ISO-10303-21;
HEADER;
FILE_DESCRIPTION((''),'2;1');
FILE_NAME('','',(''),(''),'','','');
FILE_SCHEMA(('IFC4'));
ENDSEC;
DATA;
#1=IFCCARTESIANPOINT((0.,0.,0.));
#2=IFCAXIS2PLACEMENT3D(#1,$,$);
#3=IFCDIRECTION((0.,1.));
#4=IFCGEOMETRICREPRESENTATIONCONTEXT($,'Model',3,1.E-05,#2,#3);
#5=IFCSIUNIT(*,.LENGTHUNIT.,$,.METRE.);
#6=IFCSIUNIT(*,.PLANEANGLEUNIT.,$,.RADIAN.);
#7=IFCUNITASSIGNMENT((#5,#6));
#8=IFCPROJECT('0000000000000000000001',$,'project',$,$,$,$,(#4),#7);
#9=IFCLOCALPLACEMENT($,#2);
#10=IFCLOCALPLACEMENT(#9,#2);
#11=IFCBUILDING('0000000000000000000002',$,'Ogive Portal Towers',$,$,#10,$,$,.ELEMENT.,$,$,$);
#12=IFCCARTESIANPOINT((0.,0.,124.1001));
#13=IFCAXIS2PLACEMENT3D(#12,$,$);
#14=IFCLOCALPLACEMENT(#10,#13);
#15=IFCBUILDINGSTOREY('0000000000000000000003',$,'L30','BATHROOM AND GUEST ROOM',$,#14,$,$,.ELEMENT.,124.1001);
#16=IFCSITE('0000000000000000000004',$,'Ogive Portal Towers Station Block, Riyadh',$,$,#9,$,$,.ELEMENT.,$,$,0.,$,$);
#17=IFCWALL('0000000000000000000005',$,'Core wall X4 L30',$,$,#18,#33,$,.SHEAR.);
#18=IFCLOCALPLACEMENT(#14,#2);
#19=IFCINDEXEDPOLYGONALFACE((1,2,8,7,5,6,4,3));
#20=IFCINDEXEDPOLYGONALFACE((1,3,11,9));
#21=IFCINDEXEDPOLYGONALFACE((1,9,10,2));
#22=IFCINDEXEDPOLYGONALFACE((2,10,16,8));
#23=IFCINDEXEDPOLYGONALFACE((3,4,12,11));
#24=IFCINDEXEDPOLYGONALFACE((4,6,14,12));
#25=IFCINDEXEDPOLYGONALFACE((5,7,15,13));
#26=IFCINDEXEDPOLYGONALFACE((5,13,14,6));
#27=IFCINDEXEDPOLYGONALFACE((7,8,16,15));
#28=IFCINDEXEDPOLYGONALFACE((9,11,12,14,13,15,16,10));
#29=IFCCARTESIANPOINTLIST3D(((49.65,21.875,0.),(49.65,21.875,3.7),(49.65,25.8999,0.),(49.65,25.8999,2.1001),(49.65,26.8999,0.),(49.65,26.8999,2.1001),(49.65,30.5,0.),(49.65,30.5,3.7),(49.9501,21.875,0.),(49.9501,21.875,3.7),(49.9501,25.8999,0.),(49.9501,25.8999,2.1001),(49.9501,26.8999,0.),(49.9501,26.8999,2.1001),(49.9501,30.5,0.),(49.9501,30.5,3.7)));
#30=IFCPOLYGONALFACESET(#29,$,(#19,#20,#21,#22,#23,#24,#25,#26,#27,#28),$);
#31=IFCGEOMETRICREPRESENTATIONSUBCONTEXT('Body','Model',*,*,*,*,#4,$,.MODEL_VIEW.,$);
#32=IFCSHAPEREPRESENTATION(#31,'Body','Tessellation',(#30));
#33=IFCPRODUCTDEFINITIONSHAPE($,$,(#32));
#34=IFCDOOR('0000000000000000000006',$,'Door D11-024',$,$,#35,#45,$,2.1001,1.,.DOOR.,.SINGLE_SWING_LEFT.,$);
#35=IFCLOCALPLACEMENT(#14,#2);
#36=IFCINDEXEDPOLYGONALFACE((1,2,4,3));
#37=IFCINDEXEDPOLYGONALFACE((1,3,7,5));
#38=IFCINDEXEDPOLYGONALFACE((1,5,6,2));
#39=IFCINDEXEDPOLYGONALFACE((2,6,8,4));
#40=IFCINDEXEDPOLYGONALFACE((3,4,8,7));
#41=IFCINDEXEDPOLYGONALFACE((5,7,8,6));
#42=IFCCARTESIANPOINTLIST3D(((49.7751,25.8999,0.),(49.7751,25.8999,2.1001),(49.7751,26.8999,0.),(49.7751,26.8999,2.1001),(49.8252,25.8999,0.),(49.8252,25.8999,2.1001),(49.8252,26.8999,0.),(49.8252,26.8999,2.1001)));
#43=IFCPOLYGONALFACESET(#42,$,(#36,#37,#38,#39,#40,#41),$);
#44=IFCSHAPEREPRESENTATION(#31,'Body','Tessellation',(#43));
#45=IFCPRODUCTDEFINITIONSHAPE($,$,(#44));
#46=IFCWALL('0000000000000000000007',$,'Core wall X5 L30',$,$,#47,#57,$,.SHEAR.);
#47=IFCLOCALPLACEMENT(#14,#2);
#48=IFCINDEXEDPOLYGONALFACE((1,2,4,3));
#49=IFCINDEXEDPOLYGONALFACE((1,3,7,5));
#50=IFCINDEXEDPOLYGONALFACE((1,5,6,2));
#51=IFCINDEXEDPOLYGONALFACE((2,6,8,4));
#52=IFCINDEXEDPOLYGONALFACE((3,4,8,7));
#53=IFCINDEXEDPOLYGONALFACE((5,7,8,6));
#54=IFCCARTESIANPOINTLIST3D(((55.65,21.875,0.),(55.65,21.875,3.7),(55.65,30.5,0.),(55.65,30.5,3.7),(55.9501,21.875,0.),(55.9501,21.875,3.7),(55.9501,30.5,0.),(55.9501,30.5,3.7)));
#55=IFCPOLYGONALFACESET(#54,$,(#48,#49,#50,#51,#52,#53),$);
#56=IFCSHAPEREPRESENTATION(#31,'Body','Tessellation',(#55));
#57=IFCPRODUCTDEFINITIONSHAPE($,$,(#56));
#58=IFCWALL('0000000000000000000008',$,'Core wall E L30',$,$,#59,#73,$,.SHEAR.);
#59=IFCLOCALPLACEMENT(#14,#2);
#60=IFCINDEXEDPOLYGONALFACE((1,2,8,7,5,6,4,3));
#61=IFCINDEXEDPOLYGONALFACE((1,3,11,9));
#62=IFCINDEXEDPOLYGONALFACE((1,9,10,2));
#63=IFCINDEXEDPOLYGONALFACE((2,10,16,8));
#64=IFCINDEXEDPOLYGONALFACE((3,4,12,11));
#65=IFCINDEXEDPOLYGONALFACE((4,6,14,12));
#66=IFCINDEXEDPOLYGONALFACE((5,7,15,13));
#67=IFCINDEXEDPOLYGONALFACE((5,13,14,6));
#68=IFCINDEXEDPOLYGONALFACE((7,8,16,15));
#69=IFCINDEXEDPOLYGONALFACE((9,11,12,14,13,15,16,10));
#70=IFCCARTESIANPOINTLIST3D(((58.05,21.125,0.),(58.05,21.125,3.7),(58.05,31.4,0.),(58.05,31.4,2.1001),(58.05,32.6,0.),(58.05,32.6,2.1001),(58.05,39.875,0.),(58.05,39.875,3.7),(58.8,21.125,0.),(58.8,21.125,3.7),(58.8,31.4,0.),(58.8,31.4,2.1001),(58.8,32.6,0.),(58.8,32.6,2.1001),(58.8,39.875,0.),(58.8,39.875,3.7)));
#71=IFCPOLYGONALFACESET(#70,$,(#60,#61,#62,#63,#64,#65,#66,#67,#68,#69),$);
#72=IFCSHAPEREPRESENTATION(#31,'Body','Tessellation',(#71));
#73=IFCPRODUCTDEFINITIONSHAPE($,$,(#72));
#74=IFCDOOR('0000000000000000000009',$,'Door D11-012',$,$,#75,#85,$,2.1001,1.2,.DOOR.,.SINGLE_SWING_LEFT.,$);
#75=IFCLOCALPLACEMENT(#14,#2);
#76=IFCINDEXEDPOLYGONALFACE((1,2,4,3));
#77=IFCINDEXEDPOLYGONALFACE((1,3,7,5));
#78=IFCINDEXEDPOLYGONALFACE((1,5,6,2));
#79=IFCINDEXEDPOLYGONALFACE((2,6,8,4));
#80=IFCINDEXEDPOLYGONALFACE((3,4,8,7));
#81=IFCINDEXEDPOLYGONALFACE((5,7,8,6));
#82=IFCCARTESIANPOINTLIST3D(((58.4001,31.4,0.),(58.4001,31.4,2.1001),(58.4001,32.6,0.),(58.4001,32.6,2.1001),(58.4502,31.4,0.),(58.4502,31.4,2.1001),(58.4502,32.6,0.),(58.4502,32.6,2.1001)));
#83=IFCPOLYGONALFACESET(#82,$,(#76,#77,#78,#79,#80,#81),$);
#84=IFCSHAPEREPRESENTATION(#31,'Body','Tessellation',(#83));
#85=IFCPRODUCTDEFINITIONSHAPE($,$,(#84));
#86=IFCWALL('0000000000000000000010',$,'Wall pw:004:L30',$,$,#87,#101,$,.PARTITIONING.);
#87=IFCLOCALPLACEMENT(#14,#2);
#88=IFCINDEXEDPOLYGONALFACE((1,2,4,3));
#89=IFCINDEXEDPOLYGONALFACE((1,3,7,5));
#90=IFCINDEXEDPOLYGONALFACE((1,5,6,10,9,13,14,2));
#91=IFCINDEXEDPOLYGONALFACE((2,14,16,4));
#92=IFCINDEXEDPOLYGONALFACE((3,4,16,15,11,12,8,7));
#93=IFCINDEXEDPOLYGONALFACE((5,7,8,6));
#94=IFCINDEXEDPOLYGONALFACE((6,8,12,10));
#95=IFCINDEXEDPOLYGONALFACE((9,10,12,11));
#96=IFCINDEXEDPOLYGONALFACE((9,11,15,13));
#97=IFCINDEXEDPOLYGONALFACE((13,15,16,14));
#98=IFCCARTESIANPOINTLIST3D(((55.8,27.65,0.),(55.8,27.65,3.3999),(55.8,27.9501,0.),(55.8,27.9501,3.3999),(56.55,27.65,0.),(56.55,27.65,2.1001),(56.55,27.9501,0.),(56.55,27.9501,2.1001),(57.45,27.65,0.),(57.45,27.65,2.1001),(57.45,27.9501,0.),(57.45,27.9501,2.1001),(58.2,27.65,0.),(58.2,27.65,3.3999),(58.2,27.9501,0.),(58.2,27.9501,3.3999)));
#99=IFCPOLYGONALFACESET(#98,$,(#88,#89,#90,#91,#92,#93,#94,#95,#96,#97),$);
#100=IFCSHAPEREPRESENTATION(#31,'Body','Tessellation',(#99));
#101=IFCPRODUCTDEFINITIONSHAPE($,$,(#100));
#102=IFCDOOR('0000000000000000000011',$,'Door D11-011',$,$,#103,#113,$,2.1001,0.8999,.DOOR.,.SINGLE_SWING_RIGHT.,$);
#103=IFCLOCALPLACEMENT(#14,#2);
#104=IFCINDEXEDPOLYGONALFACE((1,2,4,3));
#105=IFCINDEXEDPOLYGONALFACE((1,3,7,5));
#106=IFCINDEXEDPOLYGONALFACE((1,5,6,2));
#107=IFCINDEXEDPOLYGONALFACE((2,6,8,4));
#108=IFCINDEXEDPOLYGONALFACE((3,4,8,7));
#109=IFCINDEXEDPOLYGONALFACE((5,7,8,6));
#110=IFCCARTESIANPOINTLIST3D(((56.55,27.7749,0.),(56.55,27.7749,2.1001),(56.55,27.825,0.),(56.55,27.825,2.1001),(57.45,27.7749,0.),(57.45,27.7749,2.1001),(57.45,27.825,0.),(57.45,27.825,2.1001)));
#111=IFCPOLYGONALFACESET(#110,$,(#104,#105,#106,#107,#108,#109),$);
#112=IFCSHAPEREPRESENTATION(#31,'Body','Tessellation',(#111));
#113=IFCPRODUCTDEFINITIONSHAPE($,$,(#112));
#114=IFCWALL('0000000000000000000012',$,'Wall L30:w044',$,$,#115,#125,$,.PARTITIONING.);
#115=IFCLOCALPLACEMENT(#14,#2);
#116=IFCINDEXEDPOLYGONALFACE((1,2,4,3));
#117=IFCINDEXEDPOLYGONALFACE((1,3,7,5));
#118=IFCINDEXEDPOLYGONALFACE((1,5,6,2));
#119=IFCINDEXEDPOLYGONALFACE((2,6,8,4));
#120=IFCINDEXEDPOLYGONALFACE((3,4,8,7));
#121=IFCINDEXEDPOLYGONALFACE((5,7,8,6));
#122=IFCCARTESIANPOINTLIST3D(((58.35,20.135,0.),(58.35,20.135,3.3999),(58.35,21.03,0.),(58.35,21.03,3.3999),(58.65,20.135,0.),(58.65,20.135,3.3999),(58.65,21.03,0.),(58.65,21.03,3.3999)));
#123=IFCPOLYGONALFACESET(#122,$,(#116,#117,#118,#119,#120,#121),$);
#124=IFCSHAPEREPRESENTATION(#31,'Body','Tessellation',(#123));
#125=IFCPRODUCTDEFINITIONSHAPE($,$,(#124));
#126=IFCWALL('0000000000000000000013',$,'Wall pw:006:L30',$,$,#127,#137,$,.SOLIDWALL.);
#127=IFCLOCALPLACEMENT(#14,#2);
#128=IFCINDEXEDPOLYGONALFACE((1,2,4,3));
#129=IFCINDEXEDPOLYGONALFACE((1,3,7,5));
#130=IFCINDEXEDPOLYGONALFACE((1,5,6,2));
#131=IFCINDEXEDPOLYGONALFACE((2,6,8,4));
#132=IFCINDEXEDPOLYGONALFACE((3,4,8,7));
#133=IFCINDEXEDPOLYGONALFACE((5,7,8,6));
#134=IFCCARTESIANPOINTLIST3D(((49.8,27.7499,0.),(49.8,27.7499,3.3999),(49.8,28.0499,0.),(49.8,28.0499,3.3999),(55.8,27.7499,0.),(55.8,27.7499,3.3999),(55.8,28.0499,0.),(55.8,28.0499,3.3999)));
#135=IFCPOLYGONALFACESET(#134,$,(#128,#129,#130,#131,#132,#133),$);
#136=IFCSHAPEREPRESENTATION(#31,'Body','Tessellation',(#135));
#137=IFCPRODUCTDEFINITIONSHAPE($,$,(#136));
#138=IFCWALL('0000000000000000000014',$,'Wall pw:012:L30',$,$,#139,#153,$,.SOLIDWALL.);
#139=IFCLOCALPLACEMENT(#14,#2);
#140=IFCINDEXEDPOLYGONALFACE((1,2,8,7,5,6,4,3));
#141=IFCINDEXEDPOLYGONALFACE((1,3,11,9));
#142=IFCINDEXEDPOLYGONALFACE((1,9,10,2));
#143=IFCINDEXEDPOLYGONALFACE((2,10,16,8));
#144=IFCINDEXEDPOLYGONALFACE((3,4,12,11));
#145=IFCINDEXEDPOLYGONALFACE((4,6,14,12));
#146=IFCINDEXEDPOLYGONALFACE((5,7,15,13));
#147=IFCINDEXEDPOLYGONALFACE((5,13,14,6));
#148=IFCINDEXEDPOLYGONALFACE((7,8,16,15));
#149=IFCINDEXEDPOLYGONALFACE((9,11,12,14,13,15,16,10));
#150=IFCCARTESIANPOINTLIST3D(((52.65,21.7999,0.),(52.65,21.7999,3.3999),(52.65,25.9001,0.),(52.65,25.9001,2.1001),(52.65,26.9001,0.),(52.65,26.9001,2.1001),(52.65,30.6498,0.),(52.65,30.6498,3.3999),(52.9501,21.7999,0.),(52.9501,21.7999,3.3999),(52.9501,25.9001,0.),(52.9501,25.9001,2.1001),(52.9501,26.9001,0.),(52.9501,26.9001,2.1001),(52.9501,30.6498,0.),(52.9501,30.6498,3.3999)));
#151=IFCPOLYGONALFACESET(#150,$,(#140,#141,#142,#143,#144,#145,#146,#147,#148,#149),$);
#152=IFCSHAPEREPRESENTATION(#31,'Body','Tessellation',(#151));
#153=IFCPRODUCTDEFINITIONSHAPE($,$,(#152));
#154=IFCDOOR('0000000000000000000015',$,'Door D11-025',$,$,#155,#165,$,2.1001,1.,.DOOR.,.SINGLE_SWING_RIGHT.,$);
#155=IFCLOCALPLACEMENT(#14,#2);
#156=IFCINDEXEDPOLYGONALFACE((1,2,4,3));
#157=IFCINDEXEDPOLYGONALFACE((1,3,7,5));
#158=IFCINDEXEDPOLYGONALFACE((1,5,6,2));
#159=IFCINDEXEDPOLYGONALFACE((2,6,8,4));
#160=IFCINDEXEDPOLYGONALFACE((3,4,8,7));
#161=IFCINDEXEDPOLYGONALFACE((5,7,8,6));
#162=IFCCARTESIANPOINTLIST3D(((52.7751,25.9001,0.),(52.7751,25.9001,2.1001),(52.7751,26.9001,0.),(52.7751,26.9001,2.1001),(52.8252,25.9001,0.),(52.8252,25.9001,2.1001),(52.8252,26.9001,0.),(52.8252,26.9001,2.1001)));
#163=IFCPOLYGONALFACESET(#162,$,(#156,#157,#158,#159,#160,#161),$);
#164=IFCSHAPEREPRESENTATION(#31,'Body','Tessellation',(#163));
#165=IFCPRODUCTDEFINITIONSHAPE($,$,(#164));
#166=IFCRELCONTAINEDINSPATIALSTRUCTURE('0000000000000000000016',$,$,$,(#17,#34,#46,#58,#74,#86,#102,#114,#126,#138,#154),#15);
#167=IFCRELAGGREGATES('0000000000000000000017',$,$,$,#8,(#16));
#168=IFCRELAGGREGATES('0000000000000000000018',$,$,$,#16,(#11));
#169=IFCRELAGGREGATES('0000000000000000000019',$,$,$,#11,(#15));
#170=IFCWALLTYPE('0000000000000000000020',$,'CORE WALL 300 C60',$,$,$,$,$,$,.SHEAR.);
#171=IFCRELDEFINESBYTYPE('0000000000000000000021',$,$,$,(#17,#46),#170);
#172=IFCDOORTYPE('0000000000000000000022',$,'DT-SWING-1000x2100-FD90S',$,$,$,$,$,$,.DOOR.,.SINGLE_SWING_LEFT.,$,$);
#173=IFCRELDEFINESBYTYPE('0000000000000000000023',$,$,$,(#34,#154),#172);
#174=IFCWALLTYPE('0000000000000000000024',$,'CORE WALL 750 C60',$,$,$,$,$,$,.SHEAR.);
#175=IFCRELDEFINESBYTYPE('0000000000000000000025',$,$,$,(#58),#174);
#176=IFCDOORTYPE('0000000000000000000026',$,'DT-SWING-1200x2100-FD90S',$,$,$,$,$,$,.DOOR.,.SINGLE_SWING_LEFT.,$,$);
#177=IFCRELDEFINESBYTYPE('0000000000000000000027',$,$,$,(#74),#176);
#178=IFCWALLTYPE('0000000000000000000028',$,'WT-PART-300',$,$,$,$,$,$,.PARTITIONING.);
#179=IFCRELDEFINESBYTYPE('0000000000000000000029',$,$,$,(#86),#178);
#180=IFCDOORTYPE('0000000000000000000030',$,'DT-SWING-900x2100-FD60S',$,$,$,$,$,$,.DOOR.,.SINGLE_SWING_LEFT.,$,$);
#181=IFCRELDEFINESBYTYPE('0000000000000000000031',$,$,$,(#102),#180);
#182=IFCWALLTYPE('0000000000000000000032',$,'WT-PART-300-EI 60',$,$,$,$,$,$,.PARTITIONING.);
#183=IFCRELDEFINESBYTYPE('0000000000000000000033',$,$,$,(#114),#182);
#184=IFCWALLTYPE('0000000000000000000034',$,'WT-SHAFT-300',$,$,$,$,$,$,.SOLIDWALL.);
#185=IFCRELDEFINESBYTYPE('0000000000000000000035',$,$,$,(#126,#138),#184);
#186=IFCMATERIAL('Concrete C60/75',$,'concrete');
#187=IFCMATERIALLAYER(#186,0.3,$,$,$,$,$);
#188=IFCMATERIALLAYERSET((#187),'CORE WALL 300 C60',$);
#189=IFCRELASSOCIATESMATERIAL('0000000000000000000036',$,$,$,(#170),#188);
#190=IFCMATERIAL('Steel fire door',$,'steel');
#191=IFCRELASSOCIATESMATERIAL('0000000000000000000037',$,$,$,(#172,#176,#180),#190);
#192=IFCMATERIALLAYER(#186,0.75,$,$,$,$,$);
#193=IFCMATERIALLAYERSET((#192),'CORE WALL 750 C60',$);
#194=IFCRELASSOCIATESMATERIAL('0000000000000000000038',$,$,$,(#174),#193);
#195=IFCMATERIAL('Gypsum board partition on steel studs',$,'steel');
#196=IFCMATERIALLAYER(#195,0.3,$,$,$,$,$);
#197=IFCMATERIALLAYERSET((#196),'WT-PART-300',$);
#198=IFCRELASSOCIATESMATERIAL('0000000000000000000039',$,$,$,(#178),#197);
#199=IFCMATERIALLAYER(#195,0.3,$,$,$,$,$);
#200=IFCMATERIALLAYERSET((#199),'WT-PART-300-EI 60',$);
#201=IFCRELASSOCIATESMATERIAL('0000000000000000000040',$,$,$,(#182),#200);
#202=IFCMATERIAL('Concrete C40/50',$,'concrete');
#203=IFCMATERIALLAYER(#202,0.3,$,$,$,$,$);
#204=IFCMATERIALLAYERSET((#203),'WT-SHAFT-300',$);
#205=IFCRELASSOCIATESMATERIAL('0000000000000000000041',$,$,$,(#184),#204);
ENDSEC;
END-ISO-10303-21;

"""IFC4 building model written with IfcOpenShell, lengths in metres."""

from ifc_helpers import new_model, si_unit, direction, frame, frame_2d, origin, place, context, subcontext, project, spatial, rectangle, extrude, material, layer, layer_set, type_object, element, fill, save


model = new_model("IFC4")

# Units and contexts
model_context = context("Model", 3, precision=1e-05, world=origin(), true_north=direction((0.0, 1.0)))
body_context = subcontext(model_context, "Body", "Model", "MODEL_VIEW")
ifc_project = project(units=[si_unit("LENGTHUNIT", "METRE"), si_unit("PLANEANGLEUNIT", "RADIAN")], contexts=[model_context])

# Site, building, storey
site_placement = place(None, origin())
site = spatial("IfcSite", under=ifc_project, at=site_placement, Name="Ogive Portal Towers Station Block, Riyadh", CompositionType="ELEMENT", RefElevation=0.0)
building_placement = place(site_placement, origin())
building = spatial("IfcBuilding", under=site, at=building_placement, Name="Ogive Portal Towers", CompositionType="ELEMENT")
storey_placement = place(building_placement, frame((0.0, 0.0, 124.1001)))
storey = spatial("IfcBuildingStorey", under=building, at=storey_placement, Name="L30", Description="BATHROOM AND GUEST ROOM", CompositionType="ELEMENT", Elevation=124.1001)

# Wall, opening, door
ifc_material_1 = material(Name="Concrete C60/75", Category="concrete")
ifc_layer_1 = layer(ifc_material_1, 0.3)
ifc_layer_set_1 = layer_set([ifc_layer_1], Name="CORE WALL 300 C60")
wall_type_1 = type_object("IfcWallType", Name="CORE WALL 300 C60", PredefinedType="SHEAR", material=ifc_layer_set_1)
wall_1_placement = place(storey_placement, frame((49.8, 21.875, 0.0), z_axis=(0.0, 0.0, 1.0), x_axis=(0.0, 1.0, 0.0)))
wall_1 = element("IfcWall", 1, at=wall_1_placement, inside=storey, type_object=wall_type_1, Name="Core wall X4 L30", PredefinedType="SHEAR", context=body_context, shape_type="SweptSolid", body=[
    extrude(rectangle(XDim=8.625, YDim=0.3, at=frame_2d((4.3125, 0.0))), origin(), (0.0, 0.0, 1.0), 3.7),
])
opening_1_placement = place(wall_1_placement, frame((4.0249, 0.0, 0.0)))
opening_1 = element("IfcOpeningElement", 2, at=opening_1_placement, cuts=wall_1, PredefinedType="OPENING", context=body_context, shape_type="SweptSolid", body=[
    extrude(rectangle(XDim=1.0, YDim=2.1001, at=frame_2d((0.5, 1.05))), frame((0.0, 0.1602, 0.0), z_axis=(0.0, -1.0, 0.0), x_axis=(1.0, 0.0, 0.0)), (0.0, 0.0, 1.0), 0.3201),
])
ifc_material_2 = material(Name="Steel fire door", Category="steel")
door_type_1 = type_object("IfcDoorType", Name="DT-SWING-1000x2100-FD90S", OperationType="SINGLE_SWING_LEFT", PredefinedType="DOOR", material=ifc_material_2)
door_1_placement = place(opening_1_placement, origin())
door_1 = element("IfcDoor", 3, at=door_1_placement, inside=storey, type_object=door_type_1, Name="Door D11-024", OperationType="SINGLE_SWING_LEFT", OverallHeight=2.1001, OverallWidth=1.0, PredefinedType="DOOR", context=body_context, shape_type="SweptSolid", body=[
    extrude(rectangle(XDim=1.0, YDim=2.1001, at=frame_2d((0.5, 1.05))), frame((0.0, 0.0249, 0.0), z_axis=(0.0, -1.0, 0.0), x_axis=(1.0, 0.0, 0.0)), (0.0, 0.0, 1.0), 0.05),
])
fill(opening_1, door_1)

# Wall
wall_2_placement = place(storey_placement, frame((55.8, 21.875, 0.0), z_axis=(0.0, 0.0, 1.0), x_axis=(0.0, 1.0, 0.0)))
element("IfcWall", 4, at=wall_2_placement, inside=storey, type_object=wall_type_1, Name="Core wall X5 L30", PredefinedType="SHEAR", context=body_context, shape_type="SweptSolid", body=[
    extrude(rectangle(XDim=8.625, YDim=0.3, at=frame_2d((4.3125, 0.0))), origin(), (0.0, 0.0, 1.0), 3.7),
])

# Walls, openings, doors
ifc_layer_2 = layer(ifc_material_1, 0.75)
ifc_layer_set_2 = layer_set([ifc_layer_2], Name="CORE WALL 750 C60")
wall_type_2 = type_object("IfcWallType", Name="CORE WALL 750 C60", PredefinedType="SHEAR", material=ifc_layer_set_2)
wall_3_placement = place(storey_placement, frame((58.425, 21.125, 0.0), z_axis=(0.0, 0.0, 1.0), x_axis=(0.0, 1.0, 0.0)))
wall_3 = element("IfcWall", 5, at=wall_3_placement, inside=storey, type_object=wall_type_2, Name="Core wall E L30", PredefinedType="SHEAR", context=body_context, shape_type="SweptSolid", body=[
    extrude(rectangle(XDim=18.75, YDim=0.75, at=frame_2d((9.375, 0.0))), origin(), (0.0, 0.0, 1.0), 3.7),
])
opening_2_placement = place(wall_3_placement, frame((10.2749, 0.0, 0.0)))
opening_2 = element("IfcOpeningElement", 6, at=opening_2_placement, cuts=wall_3, PredefinedType="OPENING", context=body_context, shape_type="SweptSolid", body=[
    extrude(rectangle(XDim=1.2, YDim=2.1001, at=frame_2d((0.6001, 1.05))), frame((0.0, 0.385, 0.0), z_axis=(0.0, -1.0, 0.0), x_axis=(1.0, 0.0, 0.0)), (0.0, 0.0, 1.0), 0.77),
])
door_type_2 = type_object("IfcDoorType", Name="DT-SWING-1200x2100-FD90S", OperationType="SINGLE_SWING_LEFT", PredefinedType="DOOR", material=ifc_material_2)
door_2_placement = place(opening_2_placement, origin())
door_2 = element("IfcDoor", 7, at=door_2_placement, inside=storey, type_object=door_type_2, Name="Door D11-012", OperationType="SINGLE_SWING_LEFT", OverallHeight=2.1001, OverallWidth=1.2, PredefinedType="DOOR", context=body_context, shape_type="SweptSolid", body=[
    extrude(rectangle(XDim=1.2, YDim=2.1001, at=frame_2d((0.6001, 1.05))), frame((0.0, 0.0249, 0.0), z_axis=(0.0, -1.0, 0.0), x_axis=(1.0, 0.0, 0.0)), (0.0, 0.0, 1.0), 0.05),
])
fill(opening_2, door_2)
ifc_material_3 = material(Name="Gypsum board partition on steel studs", Category="steel")
ifc_layer_3 = layer(ifc_material_3, 0.3)
ifc_layer_set_3 = layer_set([ifc_layer_3], Name="WT-PART-300")
wall_type_3 = type_object("IfcWallType", Name="WT-PART-300", PredefinedType="PARTITIONING", material=ifc_layer_set_3)
wall_4_placement = place(storey_placement, frame((55.8, 27.8, 0.0), z_axis=(0.0, 0.0, 1.0), x_axis=(1.0, 0.0, 0.0)))
wall_4 = element("IfcWall", 8, at=wall_4_placement, inside=storey, type_object=wall_type_3, Name="Wall pw:004:L30", PredefinedType="PARTITIONING", context=body_context, shape_type="SweptSolid", body=[
    extrude(rectangle(XDim=2.3999, YDim=0.3, at=frame_2d((1.2, 0.0))), origin(), (0.0, 0.0, 1.0), 3.3999),
])
opening_3_placement = place(wall_4_placement, frame((0.75, 0.0, 0.0)))
opening_3 = element("IfcOpeningElement", 9, at=opening_3_placement, cuts=wall_4, PredefinedType="OPENING", context=body_context, shape_type="SweptSolid", body=[
    extrude(rectangle(XDim=0.8999, YDim=2.1001, at=frame_2d((0.45, 1.05))), frame((0.0, 0.1602, 0.0), z_axis=(0.0, -1.0, 0.0), x_axis=(1.0, 0.0, 0.0)), (0.0, 0.0, 1.0), 0.3201),
])
door_type_3 = type_object("IfcDoorType", Name="DT-SWING-900x2100-FD60S", OperationType="SINGLE_SWING_LEFT", PredefinedType="DOOR", material=ifc_material_2)
door_3_placement = place(opening_3_placement, origin())
door_3 = element("IfcDoor", 10, at=door_3_placement, inside=storey, type_object=door_type_3, Name="Door D11-011", OperationType="SINGLE_SWING_RIGHT", OverallHeight=2.1001, OverallWidth=0.8999, PredefinedType="DOOR", context=body_context, shape_type="SweptSolid", body=[
    extrude(rectangle(XDim=0.8999, YDim=2.1001, at=frame_2d((0.45, 1.05))), frame((0.0, 0.0249, 0.0), z_axis=(0.0, -1.0, 0.0), x_axis=(1.0, 0.0, 0.0)), (0.0, 0.0, 1.0), 0.05),
])
fill(opening_3, door_3)

# Walls
ifc_layer_4 = layer(ifc_material_3, 0.3)
ifc_layer_set_4 = layer_set([ifc_layer_4], Name="WT-PART-300-EI 60")
wall_type_4 = type_object("IfcWallType", Name="WT-PART-300-EI 60", PredefinedType="PARTITIONING", material=ifc_layer_set_4)
wall_5_placement = place(storey_placement, frame((58.5, 20.135, 0.0), z_axis=(0.0, 0.0, 1.0), x_axis=(0.0, 1.0, 0.0)))
element("IfcWall", 11, at=wall_5_placement, inside=storey, type_object=wall_type_4, Name="Wall L30:w044", PredefinedType="PARTITIONING", context=body_context, shape_type="SweptSolid", body=[
    extrude(rectangle(XDim=0.895, YDim=0.3, at=frame_2d((0.4475, 0.0))), origin(), (0.0, 0.0, 1.0), 3.3999),
])
ifc_material_4 = material(Name="Concrete C40/50", Category="concrete")
ifc_layer_5 = layer(ifc_material_4, 0.3)
ifc_layer_set_5 = layer_set([ifc_layer_5], Name="WT-SHAFT-300")
wall_type_5 = type_object("IfcWallType", Name="WT-SHAFT-300", PredefinedType="SOLIDWALL", material=ifc_layer_set_5)
wall_6_placement = place(storey_placement, frame((49.8, 27.8999, 0.0), z_axis=(0.0, 0.0, 1.0), x_axis=(1.0, 0.0, 0.0)))
element("IfcWall", 12, at=wall_6_placement, inside=storey, type_object=wall_type_5, Name="Wall pw:006:L30", PredefinedType="SOLIDWALL", context=body_context, shape_type="SweptSolid", body=[
    extrude(rectangle(XDim=6.0, YDim=0.3, at=frame_2d((3.0, 0.0))), origin(), (0.0, 0.0, 1.0), 3.3999),
])

# Wall, opening, door
wall_7_placement = place(storey_placement, frame((52.8, 21.8, 0.0), z_axis=(0.0, 0.0, 1.0), x_axis=(0.0, 1.0, 0.0)))
wall_7 = element("IfcWall", 13, at=wall_7_placement, inside=storey, type_object=wall_type_5, Name="Wall pw:012:L30", PredefinedType="SOLIDWALL", context=body_context, shape_type="SweptSolid", body=[
    extrude(rectangle(XDim=8.8499, YDim=0.3, at=frame_2d((4.4248, 0.0))), origin(), (0.0, 0.0, 1.0), 3.3999),
])
opening_4_placement = place(wall_7_placement, frame((4.1001, 0.0, 0.0)))
opening_4 = element("IfcOpeningElement", 14, at=opening_4_placement, cuts=wall_7, PredefinedType="OPENING", context=body_context, shape_type="SweptSolid", body=[
    extrude(rectangle(XDim=1.0, YDim=2.1001, at=frame_2d((0.5, 1.05))), frame((0.0, 0.1602, 0.0), z_axis=(0.0, -1.0, 0.0), x_axis=(1.0, 0.0, 0.0)), (0.0, 0.0, 1.0), 0.3201),
])
door_4_placement = place(opening_4_placement, origin())
door_4 = element("IfcDoor", 15, at=door_4_placement, inside=storey, type_object=door_type_1, Name="Door D11-025", OperationType="SINGLE_SWING_RIGHT", OverallHeight=2.1001, OverallWidth=1.0, PredefinedType="DOOR", context=body_context, shape_type="SweptSolid", body=[
    extrude(rectangle(XDim=1.0, YDim=2.1001, at=frame_2d((0.5, 1.05))), frame((0.0, 0.0249, 0.0), z_axis=(0.0, -1.0, 0.0), x_axis=(1.0, 0.0, 0.0)), (0.0, 0.0, 1.0), 0.05),
])
fill(opening_4, door_4)

save(model, "model.ifc")
